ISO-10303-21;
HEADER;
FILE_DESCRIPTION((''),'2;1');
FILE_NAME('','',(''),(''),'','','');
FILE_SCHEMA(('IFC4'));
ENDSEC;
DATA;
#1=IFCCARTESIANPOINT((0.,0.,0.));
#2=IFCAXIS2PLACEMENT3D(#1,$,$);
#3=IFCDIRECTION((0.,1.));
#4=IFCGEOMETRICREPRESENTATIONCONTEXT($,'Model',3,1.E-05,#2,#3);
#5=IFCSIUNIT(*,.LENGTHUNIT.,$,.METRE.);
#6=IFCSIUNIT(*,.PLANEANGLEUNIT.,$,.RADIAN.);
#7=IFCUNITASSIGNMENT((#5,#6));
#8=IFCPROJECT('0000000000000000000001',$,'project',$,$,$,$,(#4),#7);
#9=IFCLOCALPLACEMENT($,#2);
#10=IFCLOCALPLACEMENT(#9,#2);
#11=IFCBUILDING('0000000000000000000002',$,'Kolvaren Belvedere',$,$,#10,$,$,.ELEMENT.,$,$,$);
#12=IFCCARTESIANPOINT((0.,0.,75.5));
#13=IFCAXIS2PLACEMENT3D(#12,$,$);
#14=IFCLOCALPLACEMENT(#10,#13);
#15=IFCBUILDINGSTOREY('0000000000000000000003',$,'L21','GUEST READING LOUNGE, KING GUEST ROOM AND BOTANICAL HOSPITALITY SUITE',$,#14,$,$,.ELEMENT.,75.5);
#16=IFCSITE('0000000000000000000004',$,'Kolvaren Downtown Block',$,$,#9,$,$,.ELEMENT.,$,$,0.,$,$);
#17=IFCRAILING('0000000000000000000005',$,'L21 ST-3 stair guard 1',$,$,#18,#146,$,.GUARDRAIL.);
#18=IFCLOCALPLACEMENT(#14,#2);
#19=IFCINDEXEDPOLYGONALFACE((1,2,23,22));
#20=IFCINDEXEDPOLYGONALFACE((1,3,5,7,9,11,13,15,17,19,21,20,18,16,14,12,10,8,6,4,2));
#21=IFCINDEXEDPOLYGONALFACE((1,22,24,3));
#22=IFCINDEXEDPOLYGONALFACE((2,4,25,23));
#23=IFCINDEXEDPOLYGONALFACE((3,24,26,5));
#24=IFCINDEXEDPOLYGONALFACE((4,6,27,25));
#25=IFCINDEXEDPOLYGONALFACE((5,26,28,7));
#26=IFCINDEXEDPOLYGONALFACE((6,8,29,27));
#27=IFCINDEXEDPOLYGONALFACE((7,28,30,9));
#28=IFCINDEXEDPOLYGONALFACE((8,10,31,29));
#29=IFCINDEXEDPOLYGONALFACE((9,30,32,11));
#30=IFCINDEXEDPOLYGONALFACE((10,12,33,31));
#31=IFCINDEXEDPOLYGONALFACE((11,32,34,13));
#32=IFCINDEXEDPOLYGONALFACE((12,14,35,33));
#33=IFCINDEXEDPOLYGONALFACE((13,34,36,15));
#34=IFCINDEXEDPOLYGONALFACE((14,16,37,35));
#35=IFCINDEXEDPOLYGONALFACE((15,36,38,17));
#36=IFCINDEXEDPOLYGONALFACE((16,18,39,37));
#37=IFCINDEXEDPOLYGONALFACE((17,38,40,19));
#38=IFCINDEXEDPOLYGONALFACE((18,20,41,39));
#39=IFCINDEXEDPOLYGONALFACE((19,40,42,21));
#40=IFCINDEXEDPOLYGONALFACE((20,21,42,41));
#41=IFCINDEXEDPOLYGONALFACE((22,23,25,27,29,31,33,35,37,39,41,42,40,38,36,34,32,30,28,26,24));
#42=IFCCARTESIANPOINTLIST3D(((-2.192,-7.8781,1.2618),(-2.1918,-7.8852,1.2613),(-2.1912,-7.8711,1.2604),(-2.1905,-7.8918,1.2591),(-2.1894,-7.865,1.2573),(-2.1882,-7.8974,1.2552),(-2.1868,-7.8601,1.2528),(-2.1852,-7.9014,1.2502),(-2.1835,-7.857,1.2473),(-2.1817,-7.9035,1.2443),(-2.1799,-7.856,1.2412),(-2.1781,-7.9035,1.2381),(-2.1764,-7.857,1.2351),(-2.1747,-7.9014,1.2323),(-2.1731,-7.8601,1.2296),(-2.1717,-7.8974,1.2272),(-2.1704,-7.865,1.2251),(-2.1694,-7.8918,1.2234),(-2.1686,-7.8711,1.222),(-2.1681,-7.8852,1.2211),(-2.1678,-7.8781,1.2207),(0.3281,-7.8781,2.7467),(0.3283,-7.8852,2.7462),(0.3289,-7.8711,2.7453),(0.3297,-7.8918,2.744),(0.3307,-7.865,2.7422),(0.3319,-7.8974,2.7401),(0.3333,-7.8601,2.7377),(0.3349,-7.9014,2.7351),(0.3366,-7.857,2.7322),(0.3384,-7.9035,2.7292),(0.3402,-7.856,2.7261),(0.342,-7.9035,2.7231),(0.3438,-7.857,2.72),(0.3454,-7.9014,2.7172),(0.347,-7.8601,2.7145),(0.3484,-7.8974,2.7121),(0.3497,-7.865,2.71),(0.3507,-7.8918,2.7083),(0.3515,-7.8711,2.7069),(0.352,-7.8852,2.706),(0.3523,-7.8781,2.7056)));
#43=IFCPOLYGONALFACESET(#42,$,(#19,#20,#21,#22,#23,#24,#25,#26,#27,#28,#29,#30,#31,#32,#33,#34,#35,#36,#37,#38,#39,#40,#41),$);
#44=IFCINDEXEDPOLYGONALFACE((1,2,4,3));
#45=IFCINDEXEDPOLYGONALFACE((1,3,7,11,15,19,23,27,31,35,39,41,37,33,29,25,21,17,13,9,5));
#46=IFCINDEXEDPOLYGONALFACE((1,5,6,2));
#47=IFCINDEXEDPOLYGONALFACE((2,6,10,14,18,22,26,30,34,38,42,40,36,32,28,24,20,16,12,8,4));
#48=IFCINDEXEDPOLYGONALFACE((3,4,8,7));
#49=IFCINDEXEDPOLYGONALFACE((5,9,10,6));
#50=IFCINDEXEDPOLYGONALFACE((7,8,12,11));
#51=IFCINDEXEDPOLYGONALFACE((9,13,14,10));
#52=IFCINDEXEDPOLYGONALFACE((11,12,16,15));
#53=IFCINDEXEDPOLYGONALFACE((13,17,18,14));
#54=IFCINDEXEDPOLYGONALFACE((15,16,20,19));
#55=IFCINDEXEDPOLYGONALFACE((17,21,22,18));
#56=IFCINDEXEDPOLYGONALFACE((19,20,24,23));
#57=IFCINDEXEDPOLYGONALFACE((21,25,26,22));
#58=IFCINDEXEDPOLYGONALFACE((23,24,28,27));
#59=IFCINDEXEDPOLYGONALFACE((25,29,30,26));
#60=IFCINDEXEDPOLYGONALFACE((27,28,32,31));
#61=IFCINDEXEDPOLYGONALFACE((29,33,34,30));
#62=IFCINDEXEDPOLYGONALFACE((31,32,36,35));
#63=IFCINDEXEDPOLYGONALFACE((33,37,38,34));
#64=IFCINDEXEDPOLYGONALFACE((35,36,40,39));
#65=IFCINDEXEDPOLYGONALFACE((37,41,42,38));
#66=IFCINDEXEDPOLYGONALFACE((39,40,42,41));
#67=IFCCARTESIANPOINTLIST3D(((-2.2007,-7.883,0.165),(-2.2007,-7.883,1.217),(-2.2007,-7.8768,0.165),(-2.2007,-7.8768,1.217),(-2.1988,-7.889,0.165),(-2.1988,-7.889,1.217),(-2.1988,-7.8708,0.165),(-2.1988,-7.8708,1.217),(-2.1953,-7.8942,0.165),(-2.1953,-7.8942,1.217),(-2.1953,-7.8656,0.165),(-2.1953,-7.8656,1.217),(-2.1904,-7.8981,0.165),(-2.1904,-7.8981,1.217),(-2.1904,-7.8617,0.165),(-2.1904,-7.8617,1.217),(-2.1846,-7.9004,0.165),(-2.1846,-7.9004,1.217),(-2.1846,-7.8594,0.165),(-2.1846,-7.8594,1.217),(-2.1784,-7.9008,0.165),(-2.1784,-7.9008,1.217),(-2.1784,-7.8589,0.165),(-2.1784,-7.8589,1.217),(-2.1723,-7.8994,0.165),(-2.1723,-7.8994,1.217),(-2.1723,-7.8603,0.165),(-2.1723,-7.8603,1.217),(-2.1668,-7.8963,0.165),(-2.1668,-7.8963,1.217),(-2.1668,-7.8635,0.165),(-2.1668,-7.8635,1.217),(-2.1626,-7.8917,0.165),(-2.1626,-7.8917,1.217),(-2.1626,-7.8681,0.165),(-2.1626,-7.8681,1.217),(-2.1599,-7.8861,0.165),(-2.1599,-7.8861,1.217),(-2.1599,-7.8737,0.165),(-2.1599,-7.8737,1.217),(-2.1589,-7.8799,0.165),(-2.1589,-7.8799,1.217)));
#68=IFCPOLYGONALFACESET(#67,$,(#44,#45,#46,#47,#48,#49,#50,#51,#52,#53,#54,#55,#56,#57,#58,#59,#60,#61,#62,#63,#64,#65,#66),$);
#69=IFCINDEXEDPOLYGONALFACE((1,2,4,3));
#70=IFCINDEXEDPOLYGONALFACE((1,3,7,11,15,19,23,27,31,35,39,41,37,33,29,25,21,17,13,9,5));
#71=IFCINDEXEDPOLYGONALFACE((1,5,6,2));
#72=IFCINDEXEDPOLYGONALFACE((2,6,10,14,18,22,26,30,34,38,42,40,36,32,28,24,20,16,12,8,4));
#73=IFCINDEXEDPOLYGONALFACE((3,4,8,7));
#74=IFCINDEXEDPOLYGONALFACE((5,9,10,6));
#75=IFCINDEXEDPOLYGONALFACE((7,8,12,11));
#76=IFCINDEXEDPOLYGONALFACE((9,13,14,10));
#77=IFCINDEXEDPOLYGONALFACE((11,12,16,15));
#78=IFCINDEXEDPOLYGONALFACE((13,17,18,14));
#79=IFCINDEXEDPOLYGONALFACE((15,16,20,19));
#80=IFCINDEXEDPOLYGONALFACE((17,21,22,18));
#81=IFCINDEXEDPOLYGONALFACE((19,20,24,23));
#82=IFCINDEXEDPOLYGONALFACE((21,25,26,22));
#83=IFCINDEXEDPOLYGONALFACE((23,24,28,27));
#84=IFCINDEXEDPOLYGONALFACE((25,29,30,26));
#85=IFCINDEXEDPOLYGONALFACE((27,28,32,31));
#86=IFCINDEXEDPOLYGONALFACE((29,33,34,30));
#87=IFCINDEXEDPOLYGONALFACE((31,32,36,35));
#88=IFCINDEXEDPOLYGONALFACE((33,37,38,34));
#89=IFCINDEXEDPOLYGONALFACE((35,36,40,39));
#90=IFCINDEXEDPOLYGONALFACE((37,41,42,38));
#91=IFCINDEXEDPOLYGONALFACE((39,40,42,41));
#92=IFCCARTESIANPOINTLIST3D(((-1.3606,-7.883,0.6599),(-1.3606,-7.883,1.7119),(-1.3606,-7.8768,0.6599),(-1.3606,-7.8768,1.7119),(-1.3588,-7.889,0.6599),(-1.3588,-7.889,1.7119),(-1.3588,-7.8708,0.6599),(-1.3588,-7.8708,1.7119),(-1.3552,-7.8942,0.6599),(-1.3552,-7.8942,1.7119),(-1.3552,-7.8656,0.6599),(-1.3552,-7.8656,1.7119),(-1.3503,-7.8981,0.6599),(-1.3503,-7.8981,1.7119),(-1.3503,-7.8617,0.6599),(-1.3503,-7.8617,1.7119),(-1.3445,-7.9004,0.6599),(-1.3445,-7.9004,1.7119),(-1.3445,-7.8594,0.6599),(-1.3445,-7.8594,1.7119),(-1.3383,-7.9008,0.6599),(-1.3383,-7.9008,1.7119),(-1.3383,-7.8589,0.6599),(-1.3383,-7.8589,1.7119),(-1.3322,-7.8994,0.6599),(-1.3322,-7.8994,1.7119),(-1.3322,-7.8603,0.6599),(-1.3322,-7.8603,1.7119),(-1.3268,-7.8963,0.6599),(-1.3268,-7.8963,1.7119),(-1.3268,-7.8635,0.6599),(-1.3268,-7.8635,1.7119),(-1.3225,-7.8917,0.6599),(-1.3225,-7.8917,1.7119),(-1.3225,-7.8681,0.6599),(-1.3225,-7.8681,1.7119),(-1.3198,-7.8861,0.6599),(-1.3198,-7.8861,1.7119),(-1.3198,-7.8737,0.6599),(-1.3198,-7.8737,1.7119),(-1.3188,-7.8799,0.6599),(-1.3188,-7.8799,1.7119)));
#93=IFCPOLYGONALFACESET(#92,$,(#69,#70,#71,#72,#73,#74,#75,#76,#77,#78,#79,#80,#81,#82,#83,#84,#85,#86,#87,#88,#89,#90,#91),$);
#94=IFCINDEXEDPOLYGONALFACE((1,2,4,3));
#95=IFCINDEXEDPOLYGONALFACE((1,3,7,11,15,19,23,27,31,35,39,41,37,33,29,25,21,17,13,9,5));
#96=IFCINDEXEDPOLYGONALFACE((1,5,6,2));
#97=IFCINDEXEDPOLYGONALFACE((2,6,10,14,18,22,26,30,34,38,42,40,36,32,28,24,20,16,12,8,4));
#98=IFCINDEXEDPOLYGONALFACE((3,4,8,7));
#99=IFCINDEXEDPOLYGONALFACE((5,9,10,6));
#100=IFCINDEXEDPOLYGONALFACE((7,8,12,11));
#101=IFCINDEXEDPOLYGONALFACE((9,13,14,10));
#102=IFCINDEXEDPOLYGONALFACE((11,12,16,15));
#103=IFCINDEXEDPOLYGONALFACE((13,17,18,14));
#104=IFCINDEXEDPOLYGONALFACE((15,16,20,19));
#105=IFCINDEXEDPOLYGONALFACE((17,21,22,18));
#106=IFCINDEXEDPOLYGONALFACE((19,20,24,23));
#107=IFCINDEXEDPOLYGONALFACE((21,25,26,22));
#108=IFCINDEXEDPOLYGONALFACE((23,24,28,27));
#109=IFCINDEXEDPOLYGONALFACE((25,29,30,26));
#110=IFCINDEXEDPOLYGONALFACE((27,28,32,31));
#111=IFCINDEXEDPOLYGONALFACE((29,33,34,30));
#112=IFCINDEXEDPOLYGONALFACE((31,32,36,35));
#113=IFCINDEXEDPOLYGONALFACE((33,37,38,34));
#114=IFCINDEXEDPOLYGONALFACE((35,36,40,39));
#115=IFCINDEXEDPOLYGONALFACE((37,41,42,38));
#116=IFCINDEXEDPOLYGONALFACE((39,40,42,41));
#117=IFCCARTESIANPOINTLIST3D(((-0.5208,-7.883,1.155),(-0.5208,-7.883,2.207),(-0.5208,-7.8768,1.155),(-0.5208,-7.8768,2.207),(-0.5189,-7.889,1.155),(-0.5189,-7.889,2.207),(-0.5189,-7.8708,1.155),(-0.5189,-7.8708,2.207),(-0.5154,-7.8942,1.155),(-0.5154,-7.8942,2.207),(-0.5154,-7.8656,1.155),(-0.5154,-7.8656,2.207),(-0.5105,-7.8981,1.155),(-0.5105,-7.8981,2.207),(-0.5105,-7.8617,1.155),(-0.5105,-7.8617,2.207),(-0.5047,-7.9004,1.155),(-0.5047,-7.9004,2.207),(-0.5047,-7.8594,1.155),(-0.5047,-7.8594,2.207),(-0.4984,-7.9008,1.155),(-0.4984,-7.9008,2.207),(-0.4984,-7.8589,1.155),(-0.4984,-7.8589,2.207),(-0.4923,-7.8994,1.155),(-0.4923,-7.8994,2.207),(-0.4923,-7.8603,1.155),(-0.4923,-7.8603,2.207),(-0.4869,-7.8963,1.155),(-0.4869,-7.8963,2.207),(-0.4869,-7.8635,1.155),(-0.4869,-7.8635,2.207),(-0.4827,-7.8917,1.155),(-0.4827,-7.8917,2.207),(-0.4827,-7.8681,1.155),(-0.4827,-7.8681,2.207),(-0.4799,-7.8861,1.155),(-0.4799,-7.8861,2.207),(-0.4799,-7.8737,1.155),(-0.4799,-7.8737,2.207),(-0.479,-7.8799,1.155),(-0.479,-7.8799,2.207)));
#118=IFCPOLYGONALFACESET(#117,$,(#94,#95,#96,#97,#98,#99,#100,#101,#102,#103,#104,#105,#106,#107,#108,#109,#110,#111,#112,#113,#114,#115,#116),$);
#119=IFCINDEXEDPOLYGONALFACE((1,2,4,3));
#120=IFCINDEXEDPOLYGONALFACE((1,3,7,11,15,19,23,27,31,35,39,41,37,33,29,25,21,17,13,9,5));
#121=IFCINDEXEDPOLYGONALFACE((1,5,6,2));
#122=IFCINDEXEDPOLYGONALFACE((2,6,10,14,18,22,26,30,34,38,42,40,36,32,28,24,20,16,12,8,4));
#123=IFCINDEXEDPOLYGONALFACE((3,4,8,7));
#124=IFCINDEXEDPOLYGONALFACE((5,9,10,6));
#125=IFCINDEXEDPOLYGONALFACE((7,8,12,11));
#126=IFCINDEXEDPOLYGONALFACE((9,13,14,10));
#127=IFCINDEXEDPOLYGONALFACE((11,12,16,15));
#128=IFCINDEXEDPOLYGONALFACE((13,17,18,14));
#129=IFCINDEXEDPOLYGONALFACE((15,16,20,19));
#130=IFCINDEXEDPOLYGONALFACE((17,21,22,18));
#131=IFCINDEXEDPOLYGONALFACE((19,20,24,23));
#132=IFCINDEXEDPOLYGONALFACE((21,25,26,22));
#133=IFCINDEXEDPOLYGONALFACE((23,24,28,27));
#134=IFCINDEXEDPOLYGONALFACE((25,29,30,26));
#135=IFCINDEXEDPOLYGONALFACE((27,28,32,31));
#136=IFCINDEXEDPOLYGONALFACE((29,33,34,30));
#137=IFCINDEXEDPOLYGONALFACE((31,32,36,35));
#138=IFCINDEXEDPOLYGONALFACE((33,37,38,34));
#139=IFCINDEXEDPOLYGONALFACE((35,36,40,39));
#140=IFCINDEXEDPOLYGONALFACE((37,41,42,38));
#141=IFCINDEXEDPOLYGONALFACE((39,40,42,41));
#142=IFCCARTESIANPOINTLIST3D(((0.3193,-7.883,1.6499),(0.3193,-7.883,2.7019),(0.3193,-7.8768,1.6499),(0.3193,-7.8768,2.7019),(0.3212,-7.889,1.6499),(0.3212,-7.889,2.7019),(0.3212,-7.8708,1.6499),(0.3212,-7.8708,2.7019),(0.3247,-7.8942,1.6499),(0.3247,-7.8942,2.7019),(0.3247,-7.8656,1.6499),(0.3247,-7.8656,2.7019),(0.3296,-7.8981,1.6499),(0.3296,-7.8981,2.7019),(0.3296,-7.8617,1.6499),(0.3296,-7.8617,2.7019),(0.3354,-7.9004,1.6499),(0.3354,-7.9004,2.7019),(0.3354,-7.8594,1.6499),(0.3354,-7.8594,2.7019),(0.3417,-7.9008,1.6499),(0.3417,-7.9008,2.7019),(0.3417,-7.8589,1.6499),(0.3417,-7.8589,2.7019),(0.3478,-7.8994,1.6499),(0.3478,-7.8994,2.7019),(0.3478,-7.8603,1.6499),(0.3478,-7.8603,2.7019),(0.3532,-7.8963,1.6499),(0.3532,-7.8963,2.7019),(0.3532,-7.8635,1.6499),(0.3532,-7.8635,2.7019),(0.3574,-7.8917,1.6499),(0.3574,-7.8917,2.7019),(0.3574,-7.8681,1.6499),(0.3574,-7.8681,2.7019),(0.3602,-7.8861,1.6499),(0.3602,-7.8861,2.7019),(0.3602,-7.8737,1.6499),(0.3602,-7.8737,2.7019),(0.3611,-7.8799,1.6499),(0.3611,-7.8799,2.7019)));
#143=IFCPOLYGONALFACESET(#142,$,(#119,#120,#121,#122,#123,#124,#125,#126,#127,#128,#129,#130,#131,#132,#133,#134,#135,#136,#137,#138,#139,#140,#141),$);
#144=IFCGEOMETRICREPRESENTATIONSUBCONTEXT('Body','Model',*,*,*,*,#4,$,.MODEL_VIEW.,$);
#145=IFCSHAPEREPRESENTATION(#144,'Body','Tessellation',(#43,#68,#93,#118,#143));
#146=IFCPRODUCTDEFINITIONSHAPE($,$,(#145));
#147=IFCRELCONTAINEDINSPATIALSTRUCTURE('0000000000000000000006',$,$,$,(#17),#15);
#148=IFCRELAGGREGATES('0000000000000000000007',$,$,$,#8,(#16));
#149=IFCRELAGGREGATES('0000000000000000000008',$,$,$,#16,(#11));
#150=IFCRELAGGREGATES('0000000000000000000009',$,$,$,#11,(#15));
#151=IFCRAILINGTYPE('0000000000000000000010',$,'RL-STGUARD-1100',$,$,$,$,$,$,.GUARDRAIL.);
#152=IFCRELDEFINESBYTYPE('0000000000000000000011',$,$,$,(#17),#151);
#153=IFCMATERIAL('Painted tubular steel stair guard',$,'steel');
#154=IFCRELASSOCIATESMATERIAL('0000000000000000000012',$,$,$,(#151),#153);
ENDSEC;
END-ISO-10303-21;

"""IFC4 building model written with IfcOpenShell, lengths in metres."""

from ifc_helpers import new_model, si_unit, direction, frame, origin, origin_2d, place, context, subcontext, project, spatial, circle, extrude, material, type_object, element, save


model = new_model("IFC4")

# Units and contexts
model_context = context("Model", 3, precision=1e-05, world=origin(), true_north=direction((0.0, 1.0)))
body_context = subcontext(model_context, "Body", "Model", "MODEL_VIEW")
ifc_project = project(units=[si_unit("LENGTHUNIT", "METRE"), si_unit("PLANEANGLEUNIT", "RADIAN")], contexts=[model_context])

# Site, building, storey
site_placement = place(None, origin())
site = spatial("IfcSite", under=ifc_project, at=site_placement, Name="Kolvaren Downtown Block", CompositionType="ELEMENT", RefElevation=0.0)
building_placement = place(site_placement, origin())
building = spatial("IfcBuilding", under=site, at=building_placement, Name="Kolvaren Belvedere", CompositionType="ELEMENT")
storey_placement = place(building_placement, frame((0.0, 0.0, 75.5)))
storey = spatial("IfcBuildingStorey", under=building, at=storey_placement, Name="L21", Description="GUEST READING LOUNGE, KING GUEST ROOM AND BOTANICAL HOSPITALITY SUITE", CompositionType="ELEMENT", Elevation=75.5)

# Railing
ifc_material_1 = material(Name="Painted tubular steel stair guard", Category="steel")
railing_type_1 = type_object("IfcRailingType", Name="RL-STGUARD-1100", PredefinedType="GUARDRAIL", material=ifc_material_1)
railing_1_placement = place(storey_placement, frame((-2.1799, -7.8799, 0.165)))
element("IfcRailing", 1, at=railing_1_placement, inside=storey, type_object=railing_type_1, Name="L21 ST-3 stair guard 1", PredefinedType="GUARDRAIL", context=body_context, shape_type="SweptSolid", body=[
    extrude(circle(Radius=0.0239, at=origin_2d()), frame((0.0, 0.0, 1.0762), z_axis=(0.861561, 0.0, 0.507655), x_axis=(0.0, 1.0, 0.0)), (0.0, 0.0, 1.0), 2.925),
    extrude(circle(Radius=0.021, at=origin_2d()), origin(), (0.0, 0.0, 1.0), 1.052),
    extrude(circle(Radius=0.021, at=origin_2d()), frame((0.8401, 0.0, 0.4949)), (0.0, 0.0, 1.0), 1.052),
    extrude(circle(Radius=0.021, at=origin_2d()), frame((1.6799, 0.0, 0.99)), (0.0, 0.0, 1.0), 1.052),
    extrude(circle(Radius=0.021, at=origin_2d()), frame((2.52, 0.0, 1.4849)), (0.0, 0.0, 1.0), 1.052),
])

save(model, "model.ifc")
